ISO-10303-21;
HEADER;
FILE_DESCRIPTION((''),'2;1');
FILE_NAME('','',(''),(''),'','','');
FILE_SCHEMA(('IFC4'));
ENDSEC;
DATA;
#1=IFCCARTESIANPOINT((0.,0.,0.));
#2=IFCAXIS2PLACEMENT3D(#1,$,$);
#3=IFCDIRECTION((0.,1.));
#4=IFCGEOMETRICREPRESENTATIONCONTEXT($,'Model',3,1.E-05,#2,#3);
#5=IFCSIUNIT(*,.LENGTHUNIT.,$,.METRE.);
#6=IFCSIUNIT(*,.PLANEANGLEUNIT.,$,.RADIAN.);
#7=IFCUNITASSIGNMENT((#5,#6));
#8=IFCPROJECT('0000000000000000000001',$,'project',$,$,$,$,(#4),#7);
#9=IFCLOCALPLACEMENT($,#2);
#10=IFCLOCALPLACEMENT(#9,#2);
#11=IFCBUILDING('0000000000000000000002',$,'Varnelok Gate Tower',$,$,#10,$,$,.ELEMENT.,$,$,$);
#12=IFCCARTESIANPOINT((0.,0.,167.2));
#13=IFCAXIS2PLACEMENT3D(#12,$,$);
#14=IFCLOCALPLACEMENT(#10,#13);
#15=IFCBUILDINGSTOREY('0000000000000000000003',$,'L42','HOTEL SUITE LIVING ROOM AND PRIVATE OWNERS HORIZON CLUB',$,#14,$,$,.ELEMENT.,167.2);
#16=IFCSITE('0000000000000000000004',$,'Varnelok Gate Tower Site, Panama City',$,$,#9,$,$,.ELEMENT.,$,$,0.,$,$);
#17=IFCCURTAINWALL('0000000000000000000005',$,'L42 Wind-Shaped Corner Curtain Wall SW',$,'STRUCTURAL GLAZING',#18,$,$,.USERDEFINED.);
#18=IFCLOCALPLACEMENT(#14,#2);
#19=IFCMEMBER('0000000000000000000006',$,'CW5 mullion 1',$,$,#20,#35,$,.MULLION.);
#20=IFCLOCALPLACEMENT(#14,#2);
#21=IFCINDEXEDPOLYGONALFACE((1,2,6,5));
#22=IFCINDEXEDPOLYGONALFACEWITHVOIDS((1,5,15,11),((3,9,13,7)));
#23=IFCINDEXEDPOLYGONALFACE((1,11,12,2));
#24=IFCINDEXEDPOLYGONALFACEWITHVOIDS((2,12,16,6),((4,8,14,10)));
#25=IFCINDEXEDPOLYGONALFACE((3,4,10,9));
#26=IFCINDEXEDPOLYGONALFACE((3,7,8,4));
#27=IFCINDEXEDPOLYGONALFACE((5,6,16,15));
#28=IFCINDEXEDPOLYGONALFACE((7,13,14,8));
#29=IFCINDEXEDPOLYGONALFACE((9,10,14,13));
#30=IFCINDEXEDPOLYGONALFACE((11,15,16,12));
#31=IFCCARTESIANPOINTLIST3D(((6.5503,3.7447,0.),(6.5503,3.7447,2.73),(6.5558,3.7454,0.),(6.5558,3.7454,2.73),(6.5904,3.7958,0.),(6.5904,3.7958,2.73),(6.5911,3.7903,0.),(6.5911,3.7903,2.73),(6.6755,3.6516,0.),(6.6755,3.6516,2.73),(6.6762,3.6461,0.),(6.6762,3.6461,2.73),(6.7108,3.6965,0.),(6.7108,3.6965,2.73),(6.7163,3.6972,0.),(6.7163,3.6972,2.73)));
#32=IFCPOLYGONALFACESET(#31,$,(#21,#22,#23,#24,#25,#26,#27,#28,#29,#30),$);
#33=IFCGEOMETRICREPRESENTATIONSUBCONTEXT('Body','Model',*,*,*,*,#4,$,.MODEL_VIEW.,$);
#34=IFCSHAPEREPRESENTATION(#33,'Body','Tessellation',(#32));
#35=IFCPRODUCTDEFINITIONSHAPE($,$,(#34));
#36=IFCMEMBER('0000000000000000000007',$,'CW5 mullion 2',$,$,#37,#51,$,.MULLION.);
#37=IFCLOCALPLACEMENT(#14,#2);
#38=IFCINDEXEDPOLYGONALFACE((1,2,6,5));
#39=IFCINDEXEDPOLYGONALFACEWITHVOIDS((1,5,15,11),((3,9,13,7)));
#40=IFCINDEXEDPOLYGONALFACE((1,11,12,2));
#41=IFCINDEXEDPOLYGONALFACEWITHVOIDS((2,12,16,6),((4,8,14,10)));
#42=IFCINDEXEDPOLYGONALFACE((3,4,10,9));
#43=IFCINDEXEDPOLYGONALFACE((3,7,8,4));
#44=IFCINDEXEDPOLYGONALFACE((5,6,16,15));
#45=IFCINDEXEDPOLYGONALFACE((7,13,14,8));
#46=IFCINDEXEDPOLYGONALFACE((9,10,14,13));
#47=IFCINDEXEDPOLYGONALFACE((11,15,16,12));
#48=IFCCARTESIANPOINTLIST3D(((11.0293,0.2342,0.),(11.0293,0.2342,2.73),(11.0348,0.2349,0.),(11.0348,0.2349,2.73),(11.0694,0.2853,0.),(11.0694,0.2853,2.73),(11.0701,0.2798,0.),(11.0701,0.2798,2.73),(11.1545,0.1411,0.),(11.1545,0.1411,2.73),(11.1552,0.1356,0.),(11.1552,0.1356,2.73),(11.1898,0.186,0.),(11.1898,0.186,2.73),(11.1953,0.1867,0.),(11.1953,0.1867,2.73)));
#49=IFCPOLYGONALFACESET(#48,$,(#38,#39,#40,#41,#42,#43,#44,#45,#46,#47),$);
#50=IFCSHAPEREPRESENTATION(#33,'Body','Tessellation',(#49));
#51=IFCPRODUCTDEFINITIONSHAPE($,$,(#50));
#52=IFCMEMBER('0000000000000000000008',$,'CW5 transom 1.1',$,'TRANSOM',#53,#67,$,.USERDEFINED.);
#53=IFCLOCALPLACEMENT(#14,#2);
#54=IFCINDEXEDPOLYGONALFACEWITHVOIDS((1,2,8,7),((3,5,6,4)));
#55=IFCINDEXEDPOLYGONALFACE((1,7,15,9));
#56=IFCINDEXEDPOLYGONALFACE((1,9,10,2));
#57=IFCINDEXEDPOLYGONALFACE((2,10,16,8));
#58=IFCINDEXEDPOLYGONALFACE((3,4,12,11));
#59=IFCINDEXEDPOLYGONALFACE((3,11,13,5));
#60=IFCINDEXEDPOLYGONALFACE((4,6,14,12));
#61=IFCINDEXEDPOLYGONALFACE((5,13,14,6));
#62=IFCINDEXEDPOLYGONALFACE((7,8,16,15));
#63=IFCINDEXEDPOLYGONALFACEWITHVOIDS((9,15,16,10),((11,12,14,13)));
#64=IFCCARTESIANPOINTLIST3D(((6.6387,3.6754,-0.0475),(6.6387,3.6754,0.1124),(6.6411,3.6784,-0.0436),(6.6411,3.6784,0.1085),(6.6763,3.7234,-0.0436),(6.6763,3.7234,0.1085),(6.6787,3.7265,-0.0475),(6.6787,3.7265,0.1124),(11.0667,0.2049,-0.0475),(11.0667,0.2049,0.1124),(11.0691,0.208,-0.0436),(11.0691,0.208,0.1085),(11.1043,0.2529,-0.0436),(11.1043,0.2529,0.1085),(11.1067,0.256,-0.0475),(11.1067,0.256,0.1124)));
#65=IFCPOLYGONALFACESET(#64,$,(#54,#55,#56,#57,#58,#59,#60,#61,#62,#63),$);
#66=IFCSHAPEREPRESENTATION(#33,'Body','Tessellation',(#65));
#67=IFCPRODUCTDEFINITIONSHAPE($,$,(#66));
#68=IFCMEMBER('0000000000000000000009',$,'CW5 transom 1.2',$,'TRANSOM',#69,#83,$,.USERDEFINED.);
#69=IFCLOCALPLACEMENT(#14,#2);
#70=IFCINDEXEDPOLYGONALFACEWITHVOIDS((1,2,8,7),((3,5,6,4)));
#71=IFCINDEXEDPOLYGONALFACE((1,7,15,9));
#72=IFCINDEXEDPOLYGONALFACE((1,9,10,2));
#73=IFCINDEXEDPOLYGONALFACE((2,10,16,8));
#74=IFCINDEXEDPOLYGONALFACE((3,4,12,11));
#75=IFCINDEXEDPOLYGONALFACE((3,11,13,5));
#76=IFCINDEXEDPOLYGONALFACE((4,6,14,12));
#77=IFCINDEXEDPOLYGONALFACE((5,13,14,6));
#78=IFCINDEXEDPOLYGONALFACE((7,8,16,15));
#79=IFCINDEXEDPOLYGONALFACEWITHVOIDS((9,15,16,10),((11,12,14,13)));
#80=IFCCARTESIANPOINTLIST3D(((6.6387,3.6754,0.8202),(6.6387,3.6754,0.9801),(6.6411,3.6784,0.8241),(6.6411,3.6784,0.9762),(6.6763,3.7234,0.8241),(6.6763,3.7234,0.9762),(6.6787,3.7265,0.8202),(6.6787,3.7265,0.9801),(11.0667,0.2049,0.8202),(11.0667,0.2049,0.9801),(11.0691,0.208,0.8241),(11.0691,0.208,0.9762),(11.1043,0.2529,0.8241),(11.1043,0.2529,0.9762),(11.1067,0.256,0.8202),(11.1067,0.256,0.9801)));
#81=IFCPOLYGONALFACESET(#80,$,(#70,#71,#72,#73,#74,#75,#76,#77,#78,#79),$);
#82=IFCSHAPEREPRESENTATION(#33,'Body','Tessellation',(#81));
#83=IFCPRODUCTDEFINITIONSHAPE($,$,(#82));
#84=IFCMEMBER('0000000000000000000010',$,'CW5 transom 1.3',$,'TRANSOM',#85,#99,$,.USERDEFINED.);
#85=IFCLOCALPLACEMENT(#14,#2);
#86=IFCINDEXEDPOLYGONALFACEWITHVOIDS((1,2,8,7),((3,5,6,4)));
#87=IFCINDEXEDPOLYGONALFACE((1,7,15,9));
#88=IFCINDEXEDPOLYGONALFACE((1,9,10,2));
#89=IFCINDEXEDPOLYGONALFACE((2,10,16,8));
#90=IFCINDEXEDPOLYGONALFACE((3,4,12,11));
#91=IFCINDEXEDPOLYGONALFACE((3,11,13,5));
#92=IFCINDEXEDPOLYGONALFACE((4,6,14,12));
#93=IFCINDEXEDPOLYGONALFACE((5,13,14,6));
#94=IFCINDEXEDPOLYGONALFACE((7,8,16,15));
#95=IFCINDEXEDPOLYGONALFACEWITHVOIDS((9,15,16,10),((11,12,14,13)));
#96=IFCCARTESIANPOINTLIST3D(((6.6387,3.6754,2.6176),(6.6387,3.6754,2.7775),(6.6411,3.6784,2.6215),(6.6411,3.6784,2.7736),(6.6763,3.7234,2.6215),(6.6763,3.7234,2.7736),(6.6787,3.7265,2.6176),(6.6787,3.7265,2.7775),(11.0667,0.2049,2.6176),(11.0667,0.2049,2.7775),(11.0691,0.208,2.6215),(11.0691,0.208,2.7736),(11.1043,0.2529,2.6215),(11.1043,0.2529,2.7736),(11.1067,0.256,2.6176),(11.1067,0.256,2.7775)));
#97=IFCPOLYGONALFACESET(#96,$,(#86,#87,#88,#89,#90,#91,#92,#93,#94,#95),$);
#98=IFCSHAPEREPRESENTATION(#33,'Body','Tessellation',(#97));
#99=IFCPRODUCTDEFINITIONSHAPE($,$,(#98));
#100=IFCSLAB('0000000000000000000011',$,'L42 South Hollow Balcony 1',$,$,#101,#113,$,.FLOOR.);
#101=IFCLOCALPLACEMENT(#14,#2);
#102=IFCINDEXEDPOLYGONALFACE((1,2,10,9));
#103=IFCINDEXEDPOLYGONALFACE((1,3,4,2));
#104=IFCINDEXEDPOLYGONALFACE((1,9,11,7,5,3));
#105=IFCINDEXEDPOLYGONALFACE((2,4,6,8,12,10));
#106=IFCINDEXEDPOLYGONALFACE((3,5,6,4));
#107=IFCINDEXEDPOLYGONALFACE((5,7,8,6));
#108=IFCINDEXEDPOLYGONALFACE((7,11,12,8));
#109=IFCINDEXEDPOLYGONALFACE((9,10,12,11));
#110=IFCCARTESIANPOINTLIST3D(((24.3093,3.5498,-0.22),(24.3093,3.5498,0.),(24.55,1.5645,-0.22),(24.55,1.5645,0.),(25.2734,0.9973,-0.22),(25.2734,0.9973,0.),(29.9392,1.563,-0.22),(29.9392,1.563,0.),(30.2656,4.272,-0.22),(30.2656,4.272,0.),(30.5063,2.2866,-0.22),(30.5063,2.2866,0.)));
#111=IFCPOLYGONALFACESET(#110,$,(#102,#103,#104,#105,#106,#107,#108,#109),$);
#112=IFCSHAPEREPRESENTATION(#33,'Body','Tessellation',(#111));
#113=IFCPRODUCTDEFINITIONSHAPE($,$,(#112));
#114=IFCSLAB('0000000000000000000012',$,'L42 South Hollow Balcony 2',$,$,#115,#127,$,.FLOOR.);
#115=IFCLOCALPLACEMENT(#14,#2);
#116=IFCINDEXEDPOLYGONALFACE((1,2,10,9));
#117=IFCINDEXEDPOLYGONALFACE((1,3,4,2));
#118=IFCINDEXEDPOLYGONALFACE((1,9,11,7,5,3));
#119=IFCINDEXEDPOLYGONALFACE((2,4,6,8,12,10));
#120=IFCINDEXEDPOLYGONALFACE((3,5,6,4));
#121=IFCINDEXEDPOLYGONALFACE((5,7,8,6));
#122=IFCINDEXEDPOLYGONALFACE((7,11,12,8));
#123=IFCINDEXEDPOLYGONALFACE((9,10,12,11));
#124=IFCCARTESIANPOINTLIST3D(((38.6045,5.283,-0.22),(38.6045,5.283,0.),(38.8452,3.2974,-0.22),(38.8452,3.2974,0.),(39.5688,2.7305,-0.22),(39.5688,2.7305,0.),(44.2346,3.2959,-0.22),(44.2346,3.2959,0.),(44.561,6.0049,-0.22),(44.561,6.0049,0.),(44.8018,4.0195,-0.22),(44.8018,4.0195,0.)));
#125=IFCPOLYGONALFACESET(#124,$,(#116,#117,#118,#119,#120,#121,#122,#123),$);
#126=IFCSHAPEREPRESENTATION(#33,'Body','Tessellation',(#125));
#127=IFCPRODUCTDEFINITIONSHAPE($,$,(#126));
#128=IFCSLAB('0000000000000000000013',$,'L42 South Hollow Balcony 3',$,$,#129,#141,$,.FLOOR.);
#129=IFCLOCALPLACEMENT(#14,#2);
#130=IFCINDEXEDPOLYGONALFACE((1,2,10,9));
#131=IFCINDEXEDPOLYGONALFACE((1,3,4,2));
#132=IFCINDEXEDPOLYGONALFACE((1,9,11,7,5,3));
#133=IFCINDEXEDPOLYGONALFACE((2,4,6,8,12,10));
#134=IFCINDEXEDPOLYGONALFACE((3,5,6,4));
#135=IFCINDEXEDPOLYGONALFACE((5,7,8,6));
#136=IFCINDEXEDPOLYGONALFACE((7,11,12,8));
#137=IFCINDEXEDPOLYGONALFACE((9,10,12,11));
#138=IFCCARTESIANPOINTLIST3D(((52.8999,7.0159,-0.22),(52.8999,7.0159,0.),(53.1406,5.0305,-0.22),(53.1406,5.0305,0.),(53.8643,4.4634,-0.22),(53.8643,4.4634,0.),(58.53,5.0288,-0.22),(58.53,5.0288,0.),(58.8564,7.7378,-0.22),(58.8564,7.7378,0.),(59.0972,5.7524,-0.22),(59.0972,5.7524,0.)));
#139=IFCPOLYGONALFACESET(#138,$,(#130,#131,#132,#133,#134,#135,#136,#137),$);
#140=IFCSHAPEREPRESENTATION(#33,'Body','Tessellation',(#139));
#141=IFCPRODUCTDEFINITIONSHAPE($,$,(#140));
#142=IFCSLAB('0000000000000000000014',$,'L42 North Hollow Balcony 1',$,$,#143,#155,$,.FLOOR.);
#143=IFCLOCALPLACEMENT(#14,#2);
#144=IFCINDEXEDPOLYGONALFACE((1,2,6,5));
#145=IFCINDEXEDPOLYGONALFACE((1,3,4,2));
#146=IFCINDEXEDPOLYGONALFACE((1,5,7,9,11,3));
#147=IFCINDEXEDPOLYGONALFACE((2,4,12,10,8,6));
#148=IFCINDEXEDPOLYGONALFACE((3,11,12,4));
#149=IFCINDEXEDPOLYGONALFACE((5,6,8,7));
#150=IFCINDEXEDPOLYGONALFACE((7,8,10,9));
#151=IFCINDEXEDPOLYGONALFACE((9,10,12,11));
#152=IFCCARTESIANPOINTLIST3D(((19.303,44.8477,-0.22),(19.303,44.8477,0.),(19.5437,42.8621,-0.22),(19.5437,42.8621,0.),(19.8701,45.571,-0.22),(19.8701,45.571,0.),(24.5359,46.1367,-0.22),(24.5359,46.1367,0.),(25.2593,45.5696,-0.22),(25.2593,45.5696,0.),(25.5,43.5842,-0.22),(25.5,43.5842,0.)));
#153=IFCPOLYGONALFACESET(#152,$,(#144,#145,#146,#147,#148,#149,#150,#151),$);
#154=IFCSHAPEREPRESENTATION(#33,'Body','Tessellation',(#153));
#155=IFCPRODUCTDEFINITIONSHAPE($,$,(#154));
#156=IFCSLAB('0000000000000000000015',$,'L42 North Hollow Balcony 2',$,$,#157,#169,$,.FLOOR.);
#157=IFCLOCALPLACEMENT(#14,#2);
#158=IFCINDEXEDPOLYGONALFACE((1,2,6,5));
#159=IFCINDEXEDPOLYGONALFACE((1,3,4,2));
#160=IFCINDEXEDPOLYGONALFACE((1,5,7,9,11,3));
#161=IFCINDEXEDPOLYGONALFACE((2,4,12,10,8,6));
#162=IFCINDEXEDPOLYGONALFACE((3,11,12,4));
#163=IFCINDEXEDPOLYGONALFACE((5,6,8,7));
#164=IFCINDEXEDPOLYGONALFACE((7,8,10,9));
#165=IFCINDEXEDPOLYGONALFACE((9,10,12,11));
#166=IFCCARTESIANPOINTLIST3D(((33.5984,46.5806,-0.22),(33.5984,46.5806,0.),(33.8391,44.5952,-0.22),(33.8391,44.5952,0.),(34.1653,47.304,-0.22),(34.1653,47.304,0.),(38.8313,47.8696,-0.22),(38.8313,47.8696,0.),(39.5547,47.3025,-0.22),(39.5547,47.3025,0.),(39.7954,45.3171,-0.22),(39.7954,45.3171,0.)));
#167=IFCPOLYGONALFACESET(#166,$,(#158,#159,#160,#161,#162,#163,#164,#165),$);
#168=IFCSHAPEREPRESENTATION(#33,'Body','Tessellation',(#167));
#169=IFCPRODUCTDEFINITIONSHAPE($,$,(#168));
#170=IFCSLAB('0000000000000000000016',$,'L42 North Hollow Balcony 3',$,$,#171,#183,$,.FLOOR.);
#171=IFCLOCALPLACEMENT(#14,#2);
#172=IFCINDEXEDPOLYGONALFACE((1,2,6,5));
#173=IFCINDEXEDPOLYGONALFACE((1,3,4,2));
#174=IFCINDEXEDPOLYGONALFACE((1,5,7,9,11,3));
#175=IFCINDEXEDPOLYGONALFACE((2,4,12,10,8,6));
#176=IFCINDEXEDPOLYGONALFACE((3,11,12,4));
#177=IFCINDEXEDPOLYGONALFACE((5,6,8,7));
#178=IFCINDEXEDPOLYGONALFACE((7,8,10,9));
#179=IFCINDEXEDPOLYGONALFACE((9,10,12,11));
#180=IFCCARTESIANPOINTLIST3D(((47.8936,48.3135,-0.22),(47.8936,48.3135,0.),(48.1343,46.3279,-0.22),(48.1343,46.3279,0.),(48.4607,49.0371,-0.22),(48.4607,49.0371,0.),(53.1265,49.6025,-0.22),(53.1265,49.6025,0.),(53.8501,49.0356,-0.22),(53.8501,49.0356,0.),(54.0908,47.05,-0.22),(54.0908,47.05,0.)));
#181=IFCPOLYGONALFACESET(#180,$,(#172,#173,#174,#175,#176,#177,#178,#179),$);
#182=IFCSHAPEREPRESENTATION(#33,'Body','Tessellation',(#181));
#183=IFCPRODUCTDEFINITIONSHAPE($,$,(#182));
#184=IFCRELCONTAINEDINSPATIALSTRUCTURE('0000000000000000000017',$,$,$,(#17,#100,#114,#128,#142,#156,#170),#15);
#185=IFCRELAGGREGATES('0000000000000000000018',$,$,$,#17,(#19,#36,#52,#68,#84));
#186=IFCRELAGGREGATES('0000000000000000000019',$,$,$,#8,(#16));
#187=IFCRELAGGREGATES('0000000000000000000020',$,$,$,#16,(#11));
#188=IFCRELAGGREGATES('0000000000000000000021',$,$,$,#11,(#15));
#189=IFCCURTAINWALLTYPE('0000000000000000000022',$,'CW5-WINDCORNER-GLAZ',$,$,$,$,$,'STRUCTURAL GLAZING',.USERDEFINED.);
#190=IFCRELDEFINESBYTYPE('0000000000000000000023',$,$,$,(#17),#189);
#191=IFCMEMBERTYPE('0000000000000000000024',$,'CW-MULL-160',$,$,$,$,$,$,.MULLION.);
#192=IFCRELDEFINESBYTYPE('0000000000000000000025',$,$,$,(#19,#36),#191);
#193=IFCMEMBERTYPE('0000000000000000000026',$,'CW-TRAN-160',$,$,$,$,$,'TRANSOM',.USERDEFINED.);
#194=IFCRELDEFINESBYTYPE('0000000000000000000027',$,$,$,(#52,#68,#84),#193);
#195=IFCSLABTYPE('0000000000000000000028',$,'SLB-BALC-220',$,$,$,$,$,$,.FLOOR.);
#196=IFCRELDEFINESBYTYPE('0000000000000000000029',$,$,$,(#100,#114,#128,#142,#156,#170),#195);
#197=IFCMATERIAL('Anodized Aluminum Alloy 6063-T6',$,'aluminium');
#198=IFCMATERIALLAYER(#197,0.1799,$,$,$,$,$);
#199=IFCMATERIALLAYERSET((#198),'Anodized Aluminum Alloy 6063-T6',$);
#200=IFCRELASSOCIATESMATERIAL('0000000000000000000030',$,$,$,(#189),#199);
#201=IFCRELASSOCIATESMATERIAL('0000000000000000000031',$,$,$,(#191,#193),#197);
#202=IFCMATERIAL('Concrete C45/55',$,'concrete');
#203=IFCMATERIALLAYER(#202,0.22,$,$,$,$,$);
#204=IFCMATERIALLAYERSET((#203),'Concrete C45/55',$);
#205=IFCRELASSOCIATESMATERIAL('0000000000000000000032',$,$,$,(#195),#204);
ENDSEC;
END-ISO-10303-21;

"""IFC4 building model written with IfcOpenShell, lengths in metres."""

from ifc_helpers import new_model, si_unit, direction, frame, origin, origin_2d, place, context, subcontext, project, spatial, polyline, hollow_rectangle, outline, extrude, material, layer, layer_set, material_profile, profile_set, type_object, element, aggregate, save


model = new_model("IFC4")

# Units and contexts
model_context = context("Model", 3, precision=1e-05, world=origin(), true_north=direction((0.0, 1.0)))
body_context = subcontext(model_context, "Body", "Model", "MODEL_VIEW")
ifc_project = project(units=[si_unit("LENGTHUNIT", "METRE"), si_unit("PLANEANGLEUNIT", "RADIAN")], contexts=[model_context])

# Site, building, storey
site_placement = place(None, origin())
site = spatial("IfcSite", under=ifc_project, at=site_placement, Name="Varnelok Gate Tower Site, Panama City", CompositionType="ELEMENT", RefElevation=0.0)
building_placement = place(site_placement, origin())
building = spatial("IfcBuilding", under=site, at=building_placement, Name="Varnelok Gate Tower", CompositionType="ELEMENT")
storey_placement = place(building_placement, frame((0.0, 0.0, 167.2)))
storey = spatial("IfcBuildingStorey", under=building, at=storey_placement, Name="L42", Description="HOTEL SUITE LIVING ROOM AND PRIVATE OWNERS HORIZON CLUB", CompositionType="ELEMENT", Elevation=167.2)

# Curtain wall, members
ifc_material_1 = material(Name="Anodized Aluminum Alloy 6063-T6", Category="aluminium")
ifc_layer_1 = layer(ifc_material_1, 0.1799)
ifc_layer_set_1 = layer_set([ifc_layer_1], Name="Anodized Aluminum Alloy 6063-T6")
curtain_wall_type = type_object("IfcCurtainWallType", Name="CW5-WINDCORNER-GLAZ", ElementType="STRUCTURAL GLAZING", PredefinedType="USERDEFINED", material=ifc_layer_set_1)
curtain_wall_placement = place(storey_placement, origin())
curtain_wall = element("IfcCurtainWall", 1, at=curtain_wall_placement, inside=storey, type_object=curtain_wall_type, Name="L42 Wind-Shaped Corner Curtain Wall SW", ObjectType="STRUCTURAL GLAZING", PredefinedType="USERDEFINED")
ifc_material_profile_1 = material_profile(ifc_material_1, hollow_rectangle(XDim=0.0649, YDim=0.1599, WallThickness=0.0039, at=origin_2d()), Name="ALU160X65X4")
ifc_profile_set_1 = profile_set([ifc_material_profile_1], Name="Anodized Aluminum Alloy 6063-T6")
member_type_1 = type_object("IfcMemberType", Name="CW-MULL-160", PredefinedType="MULLION", material=ifc_profile_set_1)
member_1_placement = place(storey_placement, frame((6.6333, 3.7209, 0.0), z_axis=(0.0, 0.0, 1.0), x_axis=(0.616863, 0.787071, 0.0)))
member_1 = element("IfcMember", 2, at=member_1_placement, type_object=member_type_1, Name="CW5 mullion 1", PredefinedType="MULLION", context=body_context, shape_type="SweptSolid", body=[
    extrude(hollow_rectangle(XDim=0.0649, YDim=0.1599, WallThickness=0.0039, at=origin_2d()), origin(), (0.0, 0.0, 1.0), 2.73),
])
member_2_placement = place(storey_placement, frame((11.1123, 0.2104, 0.0), z_axis=(0.0, 0.0, 1.0), x_axis=(0.616863, 0.787071, 0.0)))
member_2 = element("IfcMember", 3, at=member_2_placement, type_object=member_type_1, Name="CW5 mullion 2", PredefinedType="MULLION", context=body_context, shape_type="SweptSolid", body=[
    extrude(hollow_rectangle(XDim=0.0649, YDim=0.1599, WallThickness=0.0039, at=origin_2d()), origin(), (0.0, 0.0, 1.0), 2.73),
])
ifc_material_profile_2 = material_profile(ifc_material_1, hollow_rectangle(XDim=0.0649, YDim=0.1599, WallThickness=0.0039, at=origin_2d()), Name="ALU160X65X4")
ifc_profile_set_2 = profile_set([ifc_material_profile_2], Name="Anodized Aluminum Alloy 6063-T6")
member_type_2 = type_object("IfcMemberType", Name="CW-TRAN-160", ElementType="TRANSOM", PredefinedType="USERDEFINED", material=ifc_profile_set_2)
member_3_placement = place(storey_placement, frame((6.6587, 3.7009, 0.0325), z_axis=(0.787066, -0.616869, 0.0), x_axis=(0.616869, 0.787066, 0.0)))
member_3 = element("IfcMember", 4, at=member_3_placement, type_object=member_type_2, Name="CW5 transom 1.1", ObjectType="TRANSOM", PredefinedType="USERDEFINED", context=body_context, shape_type="SweptSolid", body=[
    extrude(hollow_rectangle(XDim=0.0649, YDim=0.1599, WallThickness=0.0039, at=origin_2d()), origin(), (0.0, 0.0, 1.0), 5.626),
])
member_4_placement = place(storey_placement, frame((6.6587, 3.7009, 0.9001), z_axis=(0.787066, -0.616869, 0.0), x_axis=(0.616869, 0.787066, 0.0)))
member_4 = element("IfcMember", 5, at=member_4_placement, type_object=member_type_2, Name="CW5 transom 1.2", ObjectType="TRANSOM", PredefinedType="USERDEFINED", context=body_context, shape_type="SweptSolid", body=[
    extrude(hollow_rectangle(XDim=0.0649, YDim=0.1599, WallThickness=0.0039, at=origin_2d()), origin(), (0.0, 0.0, 1.0), 5.626),
])
member_5_placement = place(storey_placement, frame((6.6587, 3.7009, 2.6975), z_axis=(0.787066, -0.616869, 0.0), x_axis=(0.616869, 0.787066, 0.0)))
member_5 = element("IfcMember", 6, at=member_5_placement, type_object=member_type_2, Name="CW5 transom 1.3", ObjectType="TRANSOM", PredefinedType="USERDEFINED", context=body_context, shape_type="SweptSolid", body=[
    extrude(hollow_rectangle(XDim=0.0649, YDim=0.1599, WallThickness=0.0039, at=origin_2d()), origin(), (0.0, 0.0, 1.0), 5.626),
])

# Slabs
ifc_material_2 = material(Name="Concrete C45/55", Category="concrete")
ifc_layer_2 = layer(ifc_material_2, 0.22)
ifc_layer_set_2 = layer_set([ifc_layer_2], Name="Concrete C45/55")
slab_type_1 = type_object("IfcSlabType", Name="SLB-BALC-220", PredefinedType="FLOOR", material=ifc_layer_set_2)
slab_1_placement = place(storey_placement, frame((0.0, 0.0, -0.22)))
element("IfcSlab", 7, at=slab_1_placement, inside=storey, type_object=slab_type_1, Name="L42 South Hollow Balcony 1", PredefinedType="FLOOR", context=body_context, shape_type="SweptSolid", body=[
    extrude(outline(polyline([(24.55, 1.5645), (25.2734, 0.9973), (29.9392, 1.563), (30.5063, 2.2866), (30.2656, 4.272), (24.3093, 3.5498), (24.55, 1.5645)])), origin(), (0.0, 0.0, 1.0), 0.22),
])
slab_2_placement = place(storey_placement, frame((0.0, 0.0, -0.22)))
element("IfcSlab", 8, at=slab_2_placement, inside=storey, type_object=slab_type_1, Name="L42 South Hollow Balcony 2", PredefinedType="FLOOR", context=body_context, shape_type="SweptSolid", body=[
    extrude(outline(polyline([(38.8452, 3.2974), (39.5688, 2.7305), (44.2346, 3.2959), (44.8018, 4.0195), (44.561, 6.0049), (38.6045, 5.283), (38.8452, 3.2974)])), origin(), (0.0, 0.0, 1.0), 0.22),
])
slab_3_placement = place(storey_placement, frame((0.0, 0.0, -0.22)))
element("IfcSlab", 9, at=slab_3_placement, inside=storey, type_object=slab_type_1, Name="L42 South Hollow Balcony 3", PredefinedType="FLOOR", context=body_context, shape_type="SweptSolid", body=[
    extrude(outline(polyline([(53.1406, 5.0305), (53.8643, 4.4634), (58.53, 5.0288), (59.0972, 5.7524), (58.8564, 7.7378), (52.8999, 7.0159), (53.1406, 5.0305)])), origin(), (0.0, 0.0, 1.0), 0.22),
])
slab_4_placement = place(storey_placement, frame((0.0, 0.0, -0.22)))
element("IfcSlab", 10, at=slab_4_placement, inside=storey, type_object=slab_type_1, Name="L42 North Hollow Balcony 1", PredefinedType="FLOOR", context=body_context, shape_type="SweptSolid", body=[
    extrude(outline(polyline([(19.5437, 42.8621), (25.5, 43.5842), (25.2593, 45.5696), (24.5359, 46.1367), (19.8701, 45.571), (19.303, 44.8477), (19.5437, 42.8621)])), origin(), (0.0, 0.0, 1.0), 0.22),
])
slab_5_placement = place(storey_placement, frame((0.0, 0.0, -0.22)))
element("IfcSlab", 11, at=slab_5_placement, inside=storey, type_object=slab_type_1, Name="L42 North Hollow Balcony 2", PredefinedType="FLOOR", context=body_context, shape_type="SweptSolid", body=[
    extrude(outline(polyline([(33.8391, 44.5952), (39.7954, 45.3171), (39.5547, 47.3025), (38.8313, 47.8696), (34.1653, 47.304), (33.5984, 46.5806), (33.8391, 44.5952)])), origin(), (0.0, 0.0, 1.0), 0.22),
])
slab_6_placement = place(storey_placement, frame((0.0, 0.0, -0.22)))
element("IfcSlab", 12, at=slab_6_placement, inside=storey, type_object=slab_type_1, Name="L42 North Hollow Balcony 3", PredefinedType="FLOOR", context=body_context, shape_type="SweptSolid", body=[
    extrude(outline(polyline([(48.1343, 46.3279), (54.0908, 47.05), (53.8501, 49.0356), (53.1265, 49.6025), (48.4607, 49.0371), (47.8936, 48.3135), (48.1343, 46.3279)])), origin(), (0.0, 0.0, 1.0), 0.22),
])

aggregate(curtain_wall, [member_1, member_2, member_3, member_4, member_5])

save(model, "model.ifc")
